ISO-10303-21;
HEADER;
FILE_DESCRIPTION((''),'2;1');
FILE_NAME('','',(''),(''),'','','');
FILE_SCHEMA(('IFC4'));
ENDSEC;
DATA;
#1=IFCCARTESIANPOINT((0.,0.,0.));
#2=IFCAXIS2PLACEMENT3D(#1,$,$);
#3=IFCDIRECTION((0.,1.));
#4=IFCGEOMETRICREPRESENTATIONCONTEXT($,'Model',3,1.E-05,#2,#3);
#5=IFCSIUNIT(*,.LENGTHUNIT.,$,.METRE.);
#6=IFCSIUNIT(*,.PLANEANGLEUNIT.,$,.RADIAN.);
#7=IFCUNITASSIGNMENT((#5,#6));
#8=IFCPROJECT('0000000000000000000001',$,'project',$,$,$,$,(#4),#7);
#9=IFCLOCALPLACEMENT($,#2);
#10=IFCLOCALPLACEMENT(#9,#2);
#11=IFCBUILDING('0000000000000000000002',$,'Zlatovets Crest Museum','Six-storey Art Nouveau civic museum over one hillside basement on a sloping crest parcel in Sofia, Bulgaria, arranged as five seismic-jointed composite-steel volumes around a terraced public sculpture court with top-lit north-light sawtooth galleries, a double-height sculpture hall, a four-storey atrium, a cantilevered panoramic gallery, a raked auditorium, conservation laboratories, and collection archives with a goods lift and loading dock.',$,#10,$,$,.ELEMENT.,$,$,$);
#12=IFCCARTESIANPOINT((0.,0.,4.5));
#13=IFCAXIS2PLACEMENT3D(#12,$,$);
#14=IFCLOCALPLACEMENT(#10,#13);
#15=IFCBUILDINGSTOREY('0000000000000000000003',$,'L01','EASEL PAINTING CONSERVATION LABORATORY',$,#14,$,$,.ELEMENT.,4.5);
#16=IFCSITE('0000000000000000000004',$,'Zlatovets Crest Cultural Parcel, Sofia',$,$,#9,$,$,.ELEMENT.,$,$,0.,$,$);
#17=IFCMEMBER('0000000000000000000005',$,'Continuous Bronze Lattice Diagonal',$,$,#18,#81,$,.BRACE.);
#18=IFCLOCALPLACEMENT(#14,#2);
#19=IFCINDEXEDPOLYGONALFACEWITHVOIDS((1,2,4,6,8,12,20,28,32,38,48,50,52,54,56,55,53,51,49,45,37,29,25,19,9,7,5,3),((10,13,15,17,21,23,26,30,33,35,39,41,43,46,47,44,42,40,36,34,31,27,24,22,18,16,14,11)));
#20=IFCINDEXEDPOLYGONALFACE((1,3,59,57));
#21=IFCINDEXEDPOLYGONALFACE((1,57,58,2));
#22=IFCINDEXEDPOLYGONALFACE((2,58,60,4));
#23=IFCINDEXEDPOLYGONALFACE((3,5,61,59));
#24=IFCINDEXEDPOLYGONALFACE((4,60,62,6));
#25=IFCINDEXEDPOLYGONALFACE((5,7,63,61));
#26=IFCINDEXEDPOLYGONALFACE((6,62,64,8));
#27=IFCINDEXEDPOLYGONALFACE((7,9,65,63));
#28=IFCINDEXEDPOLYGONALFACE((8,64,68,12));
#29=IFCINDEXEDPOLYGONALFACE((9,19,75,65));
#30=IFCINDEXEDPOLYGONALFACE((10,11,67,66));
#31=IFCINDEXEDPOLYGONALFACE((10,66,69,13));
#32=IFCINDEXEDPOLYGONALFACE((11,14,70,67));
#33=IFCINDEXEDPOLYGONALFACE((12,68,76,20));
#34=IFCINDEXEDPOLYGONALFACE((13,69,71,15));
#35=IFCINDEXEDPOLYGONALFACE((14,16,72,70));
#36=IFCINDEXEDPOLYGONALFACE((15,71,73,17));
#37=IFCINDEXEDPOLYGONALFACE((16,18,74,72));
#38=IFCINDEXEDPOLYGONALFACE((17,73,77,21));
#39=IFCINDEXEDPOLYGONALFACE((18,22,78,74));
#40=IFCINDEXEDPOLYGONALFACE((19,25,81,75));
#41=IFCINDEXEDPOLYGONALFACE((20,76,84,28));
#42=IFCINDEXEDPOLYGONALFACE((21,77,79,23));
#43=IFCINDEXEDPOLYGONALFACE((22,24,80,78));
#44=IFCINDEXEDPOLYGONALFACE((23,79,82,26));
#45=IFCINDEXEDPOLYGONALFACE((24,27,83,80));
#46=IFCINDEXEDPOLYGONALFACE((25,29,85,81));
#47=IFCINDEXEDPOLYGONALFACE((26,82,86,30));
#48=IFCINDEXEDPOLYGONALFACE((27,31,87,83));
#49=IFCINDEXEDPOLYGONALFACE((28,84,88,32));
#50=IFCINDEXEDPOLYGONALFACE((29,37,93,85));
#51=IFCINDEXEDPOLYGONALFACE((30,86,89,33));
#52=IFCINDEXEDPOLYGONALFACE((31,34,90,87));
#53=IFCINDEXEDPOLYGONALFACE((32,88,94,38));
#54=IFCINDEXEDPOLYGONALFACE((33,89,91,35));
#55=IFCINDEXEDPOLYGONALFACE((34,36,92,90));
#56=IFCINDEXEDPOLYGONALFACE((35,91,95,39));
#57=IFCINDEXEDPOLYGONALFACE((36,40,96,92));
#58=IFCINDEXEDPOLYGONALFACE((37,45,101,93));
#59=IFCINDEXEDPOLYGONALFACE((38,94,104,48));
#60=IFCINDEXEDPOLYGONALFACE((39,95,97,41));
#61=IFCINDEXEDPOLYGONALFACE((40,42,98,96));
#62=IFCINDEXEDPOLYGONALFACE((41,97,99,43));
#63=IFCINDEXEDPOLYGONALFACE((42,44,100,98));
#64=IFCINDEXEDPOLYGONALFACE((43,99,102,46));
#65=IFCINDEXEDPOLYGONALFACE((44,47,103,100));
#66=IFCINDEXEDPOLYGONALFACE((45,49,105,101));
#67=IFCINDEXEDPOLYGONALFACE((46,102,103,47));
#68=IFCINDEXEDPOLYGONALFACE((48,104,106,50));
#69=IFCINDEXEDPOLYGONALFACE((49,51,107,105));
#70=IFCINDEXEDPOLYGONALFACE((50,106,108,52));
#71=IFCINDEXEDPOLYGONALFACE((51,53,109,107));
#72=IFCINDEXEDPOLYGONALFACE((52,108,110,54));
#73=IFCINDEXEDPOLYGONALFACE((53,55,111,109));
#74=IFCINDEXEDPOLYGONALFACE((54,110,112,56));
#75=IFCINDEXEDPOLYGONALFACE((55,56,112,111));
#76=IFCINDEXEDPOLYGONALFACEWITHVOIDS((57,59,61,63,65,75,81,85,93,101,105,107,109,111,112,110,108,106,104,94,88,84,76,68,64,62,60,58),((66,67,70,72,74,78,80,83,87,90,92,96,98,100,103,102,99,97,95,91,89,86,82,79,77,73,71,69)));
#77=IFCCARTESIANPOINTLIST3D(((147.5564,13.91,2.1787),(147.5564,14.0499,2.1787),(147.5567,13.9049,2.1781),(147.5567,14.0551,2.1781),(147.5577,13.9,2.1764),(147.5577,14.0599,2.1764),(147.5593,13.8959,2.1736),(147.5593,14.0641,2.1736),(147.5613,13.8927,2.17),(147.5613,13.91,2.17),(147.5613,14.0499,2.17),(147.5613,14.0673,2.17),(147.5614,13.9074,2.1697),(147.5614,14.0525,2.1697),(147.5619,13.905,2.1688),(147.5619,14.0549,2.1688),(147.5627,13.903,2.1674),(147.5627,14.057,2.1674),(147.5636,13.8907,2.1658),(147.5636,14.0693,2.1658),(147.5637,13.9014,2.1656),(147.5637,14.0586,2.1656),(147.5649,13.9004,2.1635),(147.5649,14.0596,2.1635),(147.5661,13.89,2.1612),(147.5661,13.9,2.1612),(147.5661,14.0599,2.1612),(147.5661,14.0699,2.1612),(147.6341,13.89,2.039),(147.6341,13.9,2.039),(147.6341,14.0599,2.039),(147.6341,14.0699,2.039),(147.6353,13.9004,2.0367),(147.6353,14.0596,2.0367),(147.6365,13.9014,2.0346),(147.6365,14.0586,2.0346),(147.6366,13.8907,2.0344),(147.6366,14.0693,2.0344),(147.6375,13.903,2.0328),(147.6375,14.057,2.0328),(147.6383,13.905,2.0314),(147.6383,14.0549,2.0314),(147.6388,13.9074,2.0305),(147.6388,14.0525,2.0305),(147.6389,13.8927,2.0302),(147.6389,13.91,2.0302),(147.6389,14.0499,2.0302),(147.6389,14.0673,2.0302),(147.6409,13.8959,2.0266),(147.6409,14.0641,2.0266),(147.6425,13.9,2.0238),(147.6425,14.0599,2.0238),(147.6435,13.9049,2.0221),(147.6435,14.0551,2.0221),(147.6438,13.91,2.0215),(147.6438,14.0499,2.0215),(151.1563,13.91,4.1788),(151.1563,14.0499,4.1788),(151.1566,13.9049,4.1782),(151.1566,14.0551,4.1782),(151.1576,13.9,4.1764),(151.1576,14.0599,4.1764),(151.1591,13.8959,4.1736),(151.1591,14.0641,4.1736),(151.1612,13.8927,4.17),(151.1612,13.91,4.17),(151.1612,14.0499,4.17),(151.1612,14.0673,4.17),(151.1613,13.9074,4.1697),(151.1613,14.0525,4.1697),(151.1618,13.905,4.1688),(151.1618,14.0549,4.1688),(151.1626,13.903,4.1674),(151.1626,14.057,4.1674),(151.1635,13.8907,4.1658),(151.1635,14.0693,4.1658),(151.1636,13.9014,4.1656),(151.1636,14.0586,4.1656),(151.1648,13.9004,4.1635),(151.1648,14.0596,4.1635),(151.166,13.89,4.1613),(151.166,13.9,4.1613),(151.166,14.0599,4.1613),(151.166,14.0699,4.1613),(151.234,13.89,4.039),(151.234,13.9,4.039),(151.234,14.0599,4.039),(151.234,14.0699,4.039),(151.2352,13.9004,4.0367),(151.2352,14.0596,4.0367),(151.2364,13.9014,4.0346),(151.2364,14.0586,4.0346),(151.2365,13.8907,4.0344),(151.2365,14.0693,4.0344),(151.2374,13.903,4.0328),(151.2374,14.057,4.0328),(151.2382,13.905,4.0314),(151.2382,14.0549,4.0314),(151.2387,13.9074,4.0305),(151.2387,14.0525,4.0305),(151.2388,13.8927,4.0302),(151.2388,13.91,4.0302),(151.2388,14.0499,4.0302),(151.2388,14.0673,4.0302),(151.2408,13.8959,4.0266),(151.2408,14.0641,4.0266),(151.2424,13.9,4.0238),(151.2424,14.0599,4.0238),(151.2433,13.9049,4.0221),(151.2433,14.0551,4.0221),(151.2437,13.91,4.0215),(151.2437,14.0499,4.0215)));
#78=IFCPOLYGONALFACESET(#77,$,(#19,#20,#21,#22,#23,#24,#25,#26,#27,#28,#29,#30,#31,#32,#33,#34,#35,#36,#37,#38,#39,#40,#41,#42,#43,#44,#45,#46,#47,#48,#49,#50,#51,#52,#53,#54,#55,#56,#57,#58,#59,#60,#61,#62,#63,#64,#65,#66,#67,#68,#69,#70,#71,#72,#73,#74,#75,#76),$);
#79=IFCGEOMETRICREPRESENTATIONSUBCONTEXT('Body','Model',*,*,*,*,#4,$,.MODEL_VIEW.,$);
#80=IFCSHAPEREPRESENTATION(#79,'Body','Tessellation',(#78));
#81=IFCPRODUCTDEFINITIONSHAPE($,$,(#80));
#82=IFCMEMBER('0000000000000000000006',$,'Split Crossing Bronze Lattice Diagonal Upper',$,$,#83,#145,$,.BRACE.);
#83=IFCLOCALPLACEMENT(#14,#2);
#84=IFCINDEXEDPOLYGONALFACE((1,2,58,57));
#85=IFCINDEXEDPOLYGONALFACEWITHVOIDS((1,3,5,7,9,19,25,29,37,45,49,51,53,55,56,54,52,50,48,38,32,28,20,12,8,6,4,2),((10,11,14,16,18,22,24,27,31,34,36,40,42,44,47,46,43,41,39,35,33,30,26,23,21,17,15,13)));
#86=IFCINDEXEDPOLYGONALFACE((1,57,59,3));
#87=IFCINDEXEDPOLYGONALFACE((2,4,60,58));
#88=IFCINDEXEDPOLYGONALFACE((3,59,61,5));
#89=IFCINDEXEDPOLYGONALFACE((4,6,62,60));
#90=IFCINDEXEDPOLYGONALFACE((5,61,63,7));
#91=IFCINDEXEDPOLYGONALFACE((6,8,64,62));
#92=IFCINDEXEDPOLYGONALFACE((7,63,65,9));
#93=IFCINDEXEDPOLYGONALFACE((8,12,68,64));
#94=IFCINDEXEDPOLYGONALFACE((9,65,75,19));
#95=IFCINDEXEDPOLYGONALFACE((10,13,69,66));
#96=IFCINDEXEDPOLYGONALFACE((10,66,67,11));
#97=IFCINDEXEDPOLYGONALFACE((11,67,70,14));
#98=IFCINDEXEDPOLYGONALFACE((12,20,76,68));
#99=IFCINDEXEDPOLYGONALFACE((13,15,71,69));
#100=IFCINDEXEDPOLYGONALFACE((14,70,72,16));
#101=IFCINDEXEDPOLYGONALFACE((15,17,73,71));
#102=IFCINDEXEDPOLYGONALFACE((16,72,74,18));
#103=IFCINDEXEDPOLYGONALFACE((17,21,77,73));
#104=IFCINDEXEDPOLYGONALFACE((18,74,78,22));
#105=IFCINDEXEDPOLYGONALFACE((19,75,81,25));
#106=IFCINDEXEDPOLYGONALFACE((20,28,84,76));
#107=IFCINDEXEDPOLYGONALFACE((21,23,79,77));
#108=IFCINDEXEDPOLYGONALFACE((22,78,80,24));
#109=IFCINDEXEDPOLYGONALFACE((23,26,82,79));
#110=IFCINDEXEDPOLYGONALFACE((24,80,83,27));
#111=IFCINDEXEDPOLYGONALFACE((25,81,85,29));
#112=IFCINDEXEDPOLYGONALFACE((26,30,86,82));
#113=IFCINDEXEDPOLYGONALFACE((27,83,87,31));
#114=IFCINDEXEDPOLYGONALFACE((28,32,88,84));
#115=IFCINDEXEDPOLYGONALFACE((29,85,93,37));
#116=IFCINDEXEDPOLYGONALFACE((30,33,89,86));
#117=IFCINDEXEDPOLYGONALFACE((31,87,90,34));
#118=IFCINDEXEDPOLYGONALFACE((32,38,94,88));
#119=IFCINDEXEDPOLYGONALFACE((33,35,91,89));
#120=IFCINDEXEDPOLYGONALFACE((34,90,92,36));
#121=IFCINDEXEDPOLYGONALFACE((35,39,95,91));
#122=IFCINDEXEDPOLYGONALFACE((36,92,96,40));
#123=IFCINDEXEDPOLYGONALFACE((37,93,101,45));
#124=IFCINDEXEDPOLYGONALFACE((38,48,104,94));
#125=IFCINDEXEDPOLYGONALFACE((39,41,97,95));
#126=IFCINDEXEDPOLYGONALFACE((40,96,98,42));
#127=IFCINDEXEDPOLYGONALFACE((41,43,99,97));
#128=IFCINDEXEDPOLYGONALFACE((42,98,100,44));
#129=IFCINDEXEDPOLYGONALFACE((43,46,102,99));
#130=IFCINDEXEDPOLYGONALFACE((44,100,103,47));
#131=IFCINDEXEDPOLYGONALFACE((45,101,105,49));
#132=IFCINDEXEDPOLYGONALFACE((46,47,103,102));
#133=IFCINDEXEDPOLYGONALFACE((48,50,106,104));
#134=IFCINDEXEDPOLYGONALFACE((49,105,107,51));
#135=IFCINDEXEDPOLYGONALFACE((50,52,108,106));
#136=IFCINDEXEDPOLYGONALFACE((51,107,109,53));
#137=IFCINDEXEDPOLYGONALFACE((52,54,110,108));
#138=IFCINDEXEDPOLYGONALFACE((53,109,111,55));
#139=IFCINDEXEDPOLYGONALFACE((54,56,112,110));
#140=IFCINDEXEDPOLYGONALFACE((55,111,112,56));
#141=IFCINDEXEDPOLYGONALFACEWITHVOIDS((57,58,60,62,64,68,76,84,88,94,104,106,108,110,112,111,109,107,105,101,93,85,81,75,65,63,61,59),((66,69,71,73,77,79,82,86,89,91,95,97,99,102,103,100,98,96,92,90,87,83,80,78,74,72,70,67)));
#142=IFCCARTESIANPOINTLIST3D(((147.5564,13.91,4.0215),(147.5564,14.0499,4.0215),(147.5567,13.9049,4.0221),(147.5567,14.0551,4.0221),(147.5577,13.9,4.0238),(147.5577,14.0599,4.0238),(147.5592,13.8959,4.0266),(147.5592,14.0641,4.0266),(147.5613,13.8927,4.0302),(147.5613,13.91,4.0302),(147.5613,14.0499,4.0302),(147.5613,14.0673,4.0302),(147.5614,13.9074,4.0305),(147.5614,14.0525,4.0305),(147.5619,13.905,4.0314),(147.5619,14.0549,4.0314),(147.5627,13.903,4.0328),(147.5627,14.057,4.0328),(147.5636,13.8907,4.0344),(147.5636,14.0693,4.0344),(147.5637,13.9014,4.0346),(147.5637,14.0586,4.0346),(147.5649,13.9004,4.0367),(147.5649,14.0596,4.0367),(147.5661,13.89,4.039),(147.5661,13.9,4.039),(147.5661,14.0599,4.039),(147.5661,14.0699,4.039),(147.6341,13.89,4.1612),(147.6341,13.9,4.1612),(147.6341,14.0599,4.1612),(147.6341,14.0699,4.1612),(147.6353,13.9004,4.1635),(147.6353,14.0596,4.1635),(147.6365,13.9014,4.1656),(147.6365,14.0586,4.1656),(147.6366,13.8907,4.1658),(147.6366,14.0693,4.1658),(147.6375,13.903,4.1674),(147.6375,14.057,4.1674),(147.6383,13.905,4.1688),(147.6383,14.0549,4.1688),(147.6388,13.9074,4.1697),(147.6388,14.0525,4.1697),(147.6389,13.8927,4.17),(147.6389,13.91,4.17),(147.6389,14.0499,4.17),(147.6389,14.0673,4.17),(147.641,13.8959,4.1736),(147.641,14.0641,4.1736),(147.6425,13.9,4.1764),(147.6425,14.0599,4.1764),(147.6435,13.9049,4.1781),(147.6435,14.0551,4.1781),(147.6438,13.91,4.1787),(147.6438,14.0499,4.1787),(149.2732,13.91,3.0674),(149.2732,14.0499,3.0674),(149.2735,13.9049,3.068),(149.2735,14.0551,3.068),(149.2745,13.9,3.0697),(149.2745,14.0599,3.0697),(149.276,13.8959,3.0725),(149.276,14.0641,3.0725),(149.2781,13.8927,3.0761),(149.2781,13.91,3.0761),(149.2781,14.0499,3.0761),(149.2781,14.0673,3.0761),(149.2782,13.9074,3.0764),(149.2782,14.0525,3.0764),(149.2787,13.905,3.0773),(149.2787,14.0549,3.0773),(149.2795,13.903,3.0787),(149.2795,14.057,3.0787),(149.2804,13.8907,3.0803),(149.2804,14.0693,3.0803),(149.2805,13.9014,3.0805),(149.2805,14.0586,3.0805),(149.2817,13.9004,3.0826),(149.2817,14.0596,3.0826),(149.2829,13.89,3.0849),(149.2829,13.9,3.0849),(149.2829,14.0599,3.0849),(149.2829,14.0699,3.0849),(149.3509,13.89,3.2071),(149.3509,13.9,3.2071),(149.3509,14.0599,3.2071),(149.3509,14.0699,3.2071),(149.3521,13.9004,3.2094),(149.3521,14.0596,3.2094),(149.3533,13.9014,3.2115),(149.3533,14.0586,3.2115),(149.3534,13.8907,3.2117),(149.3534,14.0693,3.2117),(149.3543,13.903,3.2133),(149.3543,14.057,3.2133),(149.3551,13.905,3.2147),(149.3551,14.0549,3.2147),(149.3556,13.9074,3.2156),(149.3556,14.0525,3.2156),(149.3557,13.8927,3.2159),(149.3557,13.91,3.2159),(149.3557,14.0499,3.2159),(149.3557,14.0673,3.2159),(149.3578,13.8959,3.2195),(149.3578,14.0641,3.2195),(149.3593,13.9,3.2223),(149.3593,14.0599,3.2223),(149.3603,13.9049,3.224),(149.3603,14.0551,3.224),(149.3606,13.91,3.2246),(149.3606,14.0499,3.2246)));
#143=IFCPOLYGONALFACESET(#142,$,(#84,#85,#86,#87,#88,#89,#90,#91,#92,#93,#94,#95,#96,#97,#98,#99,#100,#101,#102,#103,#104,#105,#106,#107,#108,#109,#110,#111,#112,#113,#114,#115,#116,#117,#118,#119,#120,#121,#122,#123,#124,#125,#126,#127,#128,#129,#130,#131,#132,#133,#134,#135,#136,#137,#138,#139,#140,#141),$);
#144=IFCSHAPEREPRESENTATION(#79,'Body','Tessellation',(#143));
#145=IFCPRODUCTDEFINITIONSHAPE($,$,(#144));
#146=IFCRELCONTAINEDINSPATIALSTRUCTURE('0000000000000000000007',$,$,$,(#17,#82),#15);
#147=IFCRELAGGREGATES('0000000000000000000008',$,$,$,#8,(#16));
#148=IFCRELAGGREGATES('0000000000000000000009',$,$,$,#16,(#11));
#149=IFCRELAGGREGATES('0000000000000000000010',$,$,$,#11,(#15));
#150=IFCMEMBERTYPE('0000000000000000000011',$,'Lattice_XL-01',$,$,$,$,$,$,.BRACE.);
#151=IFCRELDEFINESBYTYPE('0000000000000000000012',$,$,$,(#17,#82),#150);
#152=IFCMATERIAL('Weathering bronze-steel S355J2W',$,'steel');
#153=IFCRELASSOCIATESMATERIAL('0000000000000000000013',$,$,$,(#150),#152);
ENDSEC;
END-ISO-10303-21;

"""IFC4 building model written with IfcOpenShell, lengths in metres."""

from ifc_helpers import new_model, si_unit, direction, frame, origin, origin_2d, place, context, subcontext, project, spatial, hollow_rectangle, extrude, material, material_profile, profile_set, type_object, element, save


model = new_model("IFC4")

# Units and contexts
model_context = context("Model", 3, precision=1e-05, world=origin(), true_north=direction((0.0, 1.0)))
body_context = subcontext(model_context, "Body", "Model", "MODEL_VIEW")
ifc_project = project(units=[si_unit("LENGTHUNIT", "METRE"), si_unit("PLANEANGLEUNIT", "RADIAN")], contexts=[model_context])

# Site, building, storey
site_placement = place(None, origin())
site = spatial("IfcSite", under=ifc_project, at=site_placement, Name="Zlatovets Crest Cultural Parcel, Sofia", CompositionType="ELEMENT", RefElevation=0.0)
building_placement = place(site_placement, origin())
building = spatial("IfcBuilding", under=site, at=building_placement, Name="Zlatovets Crest Museum", Description="Six-storey Art Nouveau civic museum over one hillside basement on a sloping crest parcel in Sofia, Bulgaria, arranged as five seismic-jointed composite-steel volumes around a terraced public sculpture court with top-lit north-light sawtooth galleries, a double-height sculpture hall, a four-storey atrium, a cantilevered panoramic gallery, a raked auditorium, conservation laboratories, and collection archives with a goods lift and loading dock.", CompositionType="ELEMENT")
storey_placement = place(building_placement, frame((0.0, 0.0, 4.5)))
storey = spatial("IfcBuildingStorey", under=building, at=storey_placement, Name="L01", Description="EASEL PAINTING CONSERVATION LABORATORY", CompositionType="ELEMENT", Elevation=4.5)

# Members
ifc_material_1 = material(Name="Weathering bronze-steel S355J2W", Category="steel")
ifc_material_profile_1 = material_profile(ifc_material_1, hollow_rectangle(XDim=0.1799, YDim=0.1799, WallThickness=0.01, InnerFilletRadius=0.01, OuterFilletRadius=0.02, at=origin_2d()), Name="SHS 180x180x10.0")
ifc_profile_set_1 = profile_set([ifc_material_profile_1], Name="Weathering bronze-steel S355J2W")
member_type_1 = type_object("IfcMemberType", Name="Lattice_XL-01", PredefinedType="BRACE", material=ifc_profile_set_1)
member_1_placement = place(storey_placement, frame((147.6001, 13.98, 2.1001), z_axis=(0.874149, 0.0, 0.485658), x_axis=(0.0, 1.0, 0.0)))
element("IfcMember", 1, at=member_1_placement, inside=storey, type_object=member_type_1, Name="Continuous Bronze Lattice Diagonal", PredefinedType="BRACE", context=body_context, shape_type="SweptSolid", body=[
    extrude(hollow_rectangle(XDim=0.1799, YDim=0.1799, WallThickness=0.01, InnerFilletRadius=0.01, OuterFilletRadius=0.02, at=origin_2d()), origin(), (0.0, 0.0, 1.0), 4.1182),
])
for number, where, z_axis, x_axis, name in (
    (2, (147.6001, 13.98, 4.1001), (0.874087, 0.0, -0.48577), (0.0, 1.0, 0.0), "Split Crossing Bronze Lattice Diagonal Upper"),
):
    element("IfcMember", number, at=place(storey_placement, frame(where, z_axis=z_axis, x_axis=x_axis)), inside=storey, type_object=member_type_1, Name=name, PredefinedType="BRACE", context=body_context, shape_type="SweptSolid", body=[
        extrude(hollow_rectangle(XDim=0.1799, YDim=0.1799, WallThickness=0.01, InnerFilletRadius=0.01, OuterFilletRadius=0.02, at=origin_2d()), origin(), (0.0, 0.0, 1.0), 1.9641),
    ])

save(model, "model.ifc")
